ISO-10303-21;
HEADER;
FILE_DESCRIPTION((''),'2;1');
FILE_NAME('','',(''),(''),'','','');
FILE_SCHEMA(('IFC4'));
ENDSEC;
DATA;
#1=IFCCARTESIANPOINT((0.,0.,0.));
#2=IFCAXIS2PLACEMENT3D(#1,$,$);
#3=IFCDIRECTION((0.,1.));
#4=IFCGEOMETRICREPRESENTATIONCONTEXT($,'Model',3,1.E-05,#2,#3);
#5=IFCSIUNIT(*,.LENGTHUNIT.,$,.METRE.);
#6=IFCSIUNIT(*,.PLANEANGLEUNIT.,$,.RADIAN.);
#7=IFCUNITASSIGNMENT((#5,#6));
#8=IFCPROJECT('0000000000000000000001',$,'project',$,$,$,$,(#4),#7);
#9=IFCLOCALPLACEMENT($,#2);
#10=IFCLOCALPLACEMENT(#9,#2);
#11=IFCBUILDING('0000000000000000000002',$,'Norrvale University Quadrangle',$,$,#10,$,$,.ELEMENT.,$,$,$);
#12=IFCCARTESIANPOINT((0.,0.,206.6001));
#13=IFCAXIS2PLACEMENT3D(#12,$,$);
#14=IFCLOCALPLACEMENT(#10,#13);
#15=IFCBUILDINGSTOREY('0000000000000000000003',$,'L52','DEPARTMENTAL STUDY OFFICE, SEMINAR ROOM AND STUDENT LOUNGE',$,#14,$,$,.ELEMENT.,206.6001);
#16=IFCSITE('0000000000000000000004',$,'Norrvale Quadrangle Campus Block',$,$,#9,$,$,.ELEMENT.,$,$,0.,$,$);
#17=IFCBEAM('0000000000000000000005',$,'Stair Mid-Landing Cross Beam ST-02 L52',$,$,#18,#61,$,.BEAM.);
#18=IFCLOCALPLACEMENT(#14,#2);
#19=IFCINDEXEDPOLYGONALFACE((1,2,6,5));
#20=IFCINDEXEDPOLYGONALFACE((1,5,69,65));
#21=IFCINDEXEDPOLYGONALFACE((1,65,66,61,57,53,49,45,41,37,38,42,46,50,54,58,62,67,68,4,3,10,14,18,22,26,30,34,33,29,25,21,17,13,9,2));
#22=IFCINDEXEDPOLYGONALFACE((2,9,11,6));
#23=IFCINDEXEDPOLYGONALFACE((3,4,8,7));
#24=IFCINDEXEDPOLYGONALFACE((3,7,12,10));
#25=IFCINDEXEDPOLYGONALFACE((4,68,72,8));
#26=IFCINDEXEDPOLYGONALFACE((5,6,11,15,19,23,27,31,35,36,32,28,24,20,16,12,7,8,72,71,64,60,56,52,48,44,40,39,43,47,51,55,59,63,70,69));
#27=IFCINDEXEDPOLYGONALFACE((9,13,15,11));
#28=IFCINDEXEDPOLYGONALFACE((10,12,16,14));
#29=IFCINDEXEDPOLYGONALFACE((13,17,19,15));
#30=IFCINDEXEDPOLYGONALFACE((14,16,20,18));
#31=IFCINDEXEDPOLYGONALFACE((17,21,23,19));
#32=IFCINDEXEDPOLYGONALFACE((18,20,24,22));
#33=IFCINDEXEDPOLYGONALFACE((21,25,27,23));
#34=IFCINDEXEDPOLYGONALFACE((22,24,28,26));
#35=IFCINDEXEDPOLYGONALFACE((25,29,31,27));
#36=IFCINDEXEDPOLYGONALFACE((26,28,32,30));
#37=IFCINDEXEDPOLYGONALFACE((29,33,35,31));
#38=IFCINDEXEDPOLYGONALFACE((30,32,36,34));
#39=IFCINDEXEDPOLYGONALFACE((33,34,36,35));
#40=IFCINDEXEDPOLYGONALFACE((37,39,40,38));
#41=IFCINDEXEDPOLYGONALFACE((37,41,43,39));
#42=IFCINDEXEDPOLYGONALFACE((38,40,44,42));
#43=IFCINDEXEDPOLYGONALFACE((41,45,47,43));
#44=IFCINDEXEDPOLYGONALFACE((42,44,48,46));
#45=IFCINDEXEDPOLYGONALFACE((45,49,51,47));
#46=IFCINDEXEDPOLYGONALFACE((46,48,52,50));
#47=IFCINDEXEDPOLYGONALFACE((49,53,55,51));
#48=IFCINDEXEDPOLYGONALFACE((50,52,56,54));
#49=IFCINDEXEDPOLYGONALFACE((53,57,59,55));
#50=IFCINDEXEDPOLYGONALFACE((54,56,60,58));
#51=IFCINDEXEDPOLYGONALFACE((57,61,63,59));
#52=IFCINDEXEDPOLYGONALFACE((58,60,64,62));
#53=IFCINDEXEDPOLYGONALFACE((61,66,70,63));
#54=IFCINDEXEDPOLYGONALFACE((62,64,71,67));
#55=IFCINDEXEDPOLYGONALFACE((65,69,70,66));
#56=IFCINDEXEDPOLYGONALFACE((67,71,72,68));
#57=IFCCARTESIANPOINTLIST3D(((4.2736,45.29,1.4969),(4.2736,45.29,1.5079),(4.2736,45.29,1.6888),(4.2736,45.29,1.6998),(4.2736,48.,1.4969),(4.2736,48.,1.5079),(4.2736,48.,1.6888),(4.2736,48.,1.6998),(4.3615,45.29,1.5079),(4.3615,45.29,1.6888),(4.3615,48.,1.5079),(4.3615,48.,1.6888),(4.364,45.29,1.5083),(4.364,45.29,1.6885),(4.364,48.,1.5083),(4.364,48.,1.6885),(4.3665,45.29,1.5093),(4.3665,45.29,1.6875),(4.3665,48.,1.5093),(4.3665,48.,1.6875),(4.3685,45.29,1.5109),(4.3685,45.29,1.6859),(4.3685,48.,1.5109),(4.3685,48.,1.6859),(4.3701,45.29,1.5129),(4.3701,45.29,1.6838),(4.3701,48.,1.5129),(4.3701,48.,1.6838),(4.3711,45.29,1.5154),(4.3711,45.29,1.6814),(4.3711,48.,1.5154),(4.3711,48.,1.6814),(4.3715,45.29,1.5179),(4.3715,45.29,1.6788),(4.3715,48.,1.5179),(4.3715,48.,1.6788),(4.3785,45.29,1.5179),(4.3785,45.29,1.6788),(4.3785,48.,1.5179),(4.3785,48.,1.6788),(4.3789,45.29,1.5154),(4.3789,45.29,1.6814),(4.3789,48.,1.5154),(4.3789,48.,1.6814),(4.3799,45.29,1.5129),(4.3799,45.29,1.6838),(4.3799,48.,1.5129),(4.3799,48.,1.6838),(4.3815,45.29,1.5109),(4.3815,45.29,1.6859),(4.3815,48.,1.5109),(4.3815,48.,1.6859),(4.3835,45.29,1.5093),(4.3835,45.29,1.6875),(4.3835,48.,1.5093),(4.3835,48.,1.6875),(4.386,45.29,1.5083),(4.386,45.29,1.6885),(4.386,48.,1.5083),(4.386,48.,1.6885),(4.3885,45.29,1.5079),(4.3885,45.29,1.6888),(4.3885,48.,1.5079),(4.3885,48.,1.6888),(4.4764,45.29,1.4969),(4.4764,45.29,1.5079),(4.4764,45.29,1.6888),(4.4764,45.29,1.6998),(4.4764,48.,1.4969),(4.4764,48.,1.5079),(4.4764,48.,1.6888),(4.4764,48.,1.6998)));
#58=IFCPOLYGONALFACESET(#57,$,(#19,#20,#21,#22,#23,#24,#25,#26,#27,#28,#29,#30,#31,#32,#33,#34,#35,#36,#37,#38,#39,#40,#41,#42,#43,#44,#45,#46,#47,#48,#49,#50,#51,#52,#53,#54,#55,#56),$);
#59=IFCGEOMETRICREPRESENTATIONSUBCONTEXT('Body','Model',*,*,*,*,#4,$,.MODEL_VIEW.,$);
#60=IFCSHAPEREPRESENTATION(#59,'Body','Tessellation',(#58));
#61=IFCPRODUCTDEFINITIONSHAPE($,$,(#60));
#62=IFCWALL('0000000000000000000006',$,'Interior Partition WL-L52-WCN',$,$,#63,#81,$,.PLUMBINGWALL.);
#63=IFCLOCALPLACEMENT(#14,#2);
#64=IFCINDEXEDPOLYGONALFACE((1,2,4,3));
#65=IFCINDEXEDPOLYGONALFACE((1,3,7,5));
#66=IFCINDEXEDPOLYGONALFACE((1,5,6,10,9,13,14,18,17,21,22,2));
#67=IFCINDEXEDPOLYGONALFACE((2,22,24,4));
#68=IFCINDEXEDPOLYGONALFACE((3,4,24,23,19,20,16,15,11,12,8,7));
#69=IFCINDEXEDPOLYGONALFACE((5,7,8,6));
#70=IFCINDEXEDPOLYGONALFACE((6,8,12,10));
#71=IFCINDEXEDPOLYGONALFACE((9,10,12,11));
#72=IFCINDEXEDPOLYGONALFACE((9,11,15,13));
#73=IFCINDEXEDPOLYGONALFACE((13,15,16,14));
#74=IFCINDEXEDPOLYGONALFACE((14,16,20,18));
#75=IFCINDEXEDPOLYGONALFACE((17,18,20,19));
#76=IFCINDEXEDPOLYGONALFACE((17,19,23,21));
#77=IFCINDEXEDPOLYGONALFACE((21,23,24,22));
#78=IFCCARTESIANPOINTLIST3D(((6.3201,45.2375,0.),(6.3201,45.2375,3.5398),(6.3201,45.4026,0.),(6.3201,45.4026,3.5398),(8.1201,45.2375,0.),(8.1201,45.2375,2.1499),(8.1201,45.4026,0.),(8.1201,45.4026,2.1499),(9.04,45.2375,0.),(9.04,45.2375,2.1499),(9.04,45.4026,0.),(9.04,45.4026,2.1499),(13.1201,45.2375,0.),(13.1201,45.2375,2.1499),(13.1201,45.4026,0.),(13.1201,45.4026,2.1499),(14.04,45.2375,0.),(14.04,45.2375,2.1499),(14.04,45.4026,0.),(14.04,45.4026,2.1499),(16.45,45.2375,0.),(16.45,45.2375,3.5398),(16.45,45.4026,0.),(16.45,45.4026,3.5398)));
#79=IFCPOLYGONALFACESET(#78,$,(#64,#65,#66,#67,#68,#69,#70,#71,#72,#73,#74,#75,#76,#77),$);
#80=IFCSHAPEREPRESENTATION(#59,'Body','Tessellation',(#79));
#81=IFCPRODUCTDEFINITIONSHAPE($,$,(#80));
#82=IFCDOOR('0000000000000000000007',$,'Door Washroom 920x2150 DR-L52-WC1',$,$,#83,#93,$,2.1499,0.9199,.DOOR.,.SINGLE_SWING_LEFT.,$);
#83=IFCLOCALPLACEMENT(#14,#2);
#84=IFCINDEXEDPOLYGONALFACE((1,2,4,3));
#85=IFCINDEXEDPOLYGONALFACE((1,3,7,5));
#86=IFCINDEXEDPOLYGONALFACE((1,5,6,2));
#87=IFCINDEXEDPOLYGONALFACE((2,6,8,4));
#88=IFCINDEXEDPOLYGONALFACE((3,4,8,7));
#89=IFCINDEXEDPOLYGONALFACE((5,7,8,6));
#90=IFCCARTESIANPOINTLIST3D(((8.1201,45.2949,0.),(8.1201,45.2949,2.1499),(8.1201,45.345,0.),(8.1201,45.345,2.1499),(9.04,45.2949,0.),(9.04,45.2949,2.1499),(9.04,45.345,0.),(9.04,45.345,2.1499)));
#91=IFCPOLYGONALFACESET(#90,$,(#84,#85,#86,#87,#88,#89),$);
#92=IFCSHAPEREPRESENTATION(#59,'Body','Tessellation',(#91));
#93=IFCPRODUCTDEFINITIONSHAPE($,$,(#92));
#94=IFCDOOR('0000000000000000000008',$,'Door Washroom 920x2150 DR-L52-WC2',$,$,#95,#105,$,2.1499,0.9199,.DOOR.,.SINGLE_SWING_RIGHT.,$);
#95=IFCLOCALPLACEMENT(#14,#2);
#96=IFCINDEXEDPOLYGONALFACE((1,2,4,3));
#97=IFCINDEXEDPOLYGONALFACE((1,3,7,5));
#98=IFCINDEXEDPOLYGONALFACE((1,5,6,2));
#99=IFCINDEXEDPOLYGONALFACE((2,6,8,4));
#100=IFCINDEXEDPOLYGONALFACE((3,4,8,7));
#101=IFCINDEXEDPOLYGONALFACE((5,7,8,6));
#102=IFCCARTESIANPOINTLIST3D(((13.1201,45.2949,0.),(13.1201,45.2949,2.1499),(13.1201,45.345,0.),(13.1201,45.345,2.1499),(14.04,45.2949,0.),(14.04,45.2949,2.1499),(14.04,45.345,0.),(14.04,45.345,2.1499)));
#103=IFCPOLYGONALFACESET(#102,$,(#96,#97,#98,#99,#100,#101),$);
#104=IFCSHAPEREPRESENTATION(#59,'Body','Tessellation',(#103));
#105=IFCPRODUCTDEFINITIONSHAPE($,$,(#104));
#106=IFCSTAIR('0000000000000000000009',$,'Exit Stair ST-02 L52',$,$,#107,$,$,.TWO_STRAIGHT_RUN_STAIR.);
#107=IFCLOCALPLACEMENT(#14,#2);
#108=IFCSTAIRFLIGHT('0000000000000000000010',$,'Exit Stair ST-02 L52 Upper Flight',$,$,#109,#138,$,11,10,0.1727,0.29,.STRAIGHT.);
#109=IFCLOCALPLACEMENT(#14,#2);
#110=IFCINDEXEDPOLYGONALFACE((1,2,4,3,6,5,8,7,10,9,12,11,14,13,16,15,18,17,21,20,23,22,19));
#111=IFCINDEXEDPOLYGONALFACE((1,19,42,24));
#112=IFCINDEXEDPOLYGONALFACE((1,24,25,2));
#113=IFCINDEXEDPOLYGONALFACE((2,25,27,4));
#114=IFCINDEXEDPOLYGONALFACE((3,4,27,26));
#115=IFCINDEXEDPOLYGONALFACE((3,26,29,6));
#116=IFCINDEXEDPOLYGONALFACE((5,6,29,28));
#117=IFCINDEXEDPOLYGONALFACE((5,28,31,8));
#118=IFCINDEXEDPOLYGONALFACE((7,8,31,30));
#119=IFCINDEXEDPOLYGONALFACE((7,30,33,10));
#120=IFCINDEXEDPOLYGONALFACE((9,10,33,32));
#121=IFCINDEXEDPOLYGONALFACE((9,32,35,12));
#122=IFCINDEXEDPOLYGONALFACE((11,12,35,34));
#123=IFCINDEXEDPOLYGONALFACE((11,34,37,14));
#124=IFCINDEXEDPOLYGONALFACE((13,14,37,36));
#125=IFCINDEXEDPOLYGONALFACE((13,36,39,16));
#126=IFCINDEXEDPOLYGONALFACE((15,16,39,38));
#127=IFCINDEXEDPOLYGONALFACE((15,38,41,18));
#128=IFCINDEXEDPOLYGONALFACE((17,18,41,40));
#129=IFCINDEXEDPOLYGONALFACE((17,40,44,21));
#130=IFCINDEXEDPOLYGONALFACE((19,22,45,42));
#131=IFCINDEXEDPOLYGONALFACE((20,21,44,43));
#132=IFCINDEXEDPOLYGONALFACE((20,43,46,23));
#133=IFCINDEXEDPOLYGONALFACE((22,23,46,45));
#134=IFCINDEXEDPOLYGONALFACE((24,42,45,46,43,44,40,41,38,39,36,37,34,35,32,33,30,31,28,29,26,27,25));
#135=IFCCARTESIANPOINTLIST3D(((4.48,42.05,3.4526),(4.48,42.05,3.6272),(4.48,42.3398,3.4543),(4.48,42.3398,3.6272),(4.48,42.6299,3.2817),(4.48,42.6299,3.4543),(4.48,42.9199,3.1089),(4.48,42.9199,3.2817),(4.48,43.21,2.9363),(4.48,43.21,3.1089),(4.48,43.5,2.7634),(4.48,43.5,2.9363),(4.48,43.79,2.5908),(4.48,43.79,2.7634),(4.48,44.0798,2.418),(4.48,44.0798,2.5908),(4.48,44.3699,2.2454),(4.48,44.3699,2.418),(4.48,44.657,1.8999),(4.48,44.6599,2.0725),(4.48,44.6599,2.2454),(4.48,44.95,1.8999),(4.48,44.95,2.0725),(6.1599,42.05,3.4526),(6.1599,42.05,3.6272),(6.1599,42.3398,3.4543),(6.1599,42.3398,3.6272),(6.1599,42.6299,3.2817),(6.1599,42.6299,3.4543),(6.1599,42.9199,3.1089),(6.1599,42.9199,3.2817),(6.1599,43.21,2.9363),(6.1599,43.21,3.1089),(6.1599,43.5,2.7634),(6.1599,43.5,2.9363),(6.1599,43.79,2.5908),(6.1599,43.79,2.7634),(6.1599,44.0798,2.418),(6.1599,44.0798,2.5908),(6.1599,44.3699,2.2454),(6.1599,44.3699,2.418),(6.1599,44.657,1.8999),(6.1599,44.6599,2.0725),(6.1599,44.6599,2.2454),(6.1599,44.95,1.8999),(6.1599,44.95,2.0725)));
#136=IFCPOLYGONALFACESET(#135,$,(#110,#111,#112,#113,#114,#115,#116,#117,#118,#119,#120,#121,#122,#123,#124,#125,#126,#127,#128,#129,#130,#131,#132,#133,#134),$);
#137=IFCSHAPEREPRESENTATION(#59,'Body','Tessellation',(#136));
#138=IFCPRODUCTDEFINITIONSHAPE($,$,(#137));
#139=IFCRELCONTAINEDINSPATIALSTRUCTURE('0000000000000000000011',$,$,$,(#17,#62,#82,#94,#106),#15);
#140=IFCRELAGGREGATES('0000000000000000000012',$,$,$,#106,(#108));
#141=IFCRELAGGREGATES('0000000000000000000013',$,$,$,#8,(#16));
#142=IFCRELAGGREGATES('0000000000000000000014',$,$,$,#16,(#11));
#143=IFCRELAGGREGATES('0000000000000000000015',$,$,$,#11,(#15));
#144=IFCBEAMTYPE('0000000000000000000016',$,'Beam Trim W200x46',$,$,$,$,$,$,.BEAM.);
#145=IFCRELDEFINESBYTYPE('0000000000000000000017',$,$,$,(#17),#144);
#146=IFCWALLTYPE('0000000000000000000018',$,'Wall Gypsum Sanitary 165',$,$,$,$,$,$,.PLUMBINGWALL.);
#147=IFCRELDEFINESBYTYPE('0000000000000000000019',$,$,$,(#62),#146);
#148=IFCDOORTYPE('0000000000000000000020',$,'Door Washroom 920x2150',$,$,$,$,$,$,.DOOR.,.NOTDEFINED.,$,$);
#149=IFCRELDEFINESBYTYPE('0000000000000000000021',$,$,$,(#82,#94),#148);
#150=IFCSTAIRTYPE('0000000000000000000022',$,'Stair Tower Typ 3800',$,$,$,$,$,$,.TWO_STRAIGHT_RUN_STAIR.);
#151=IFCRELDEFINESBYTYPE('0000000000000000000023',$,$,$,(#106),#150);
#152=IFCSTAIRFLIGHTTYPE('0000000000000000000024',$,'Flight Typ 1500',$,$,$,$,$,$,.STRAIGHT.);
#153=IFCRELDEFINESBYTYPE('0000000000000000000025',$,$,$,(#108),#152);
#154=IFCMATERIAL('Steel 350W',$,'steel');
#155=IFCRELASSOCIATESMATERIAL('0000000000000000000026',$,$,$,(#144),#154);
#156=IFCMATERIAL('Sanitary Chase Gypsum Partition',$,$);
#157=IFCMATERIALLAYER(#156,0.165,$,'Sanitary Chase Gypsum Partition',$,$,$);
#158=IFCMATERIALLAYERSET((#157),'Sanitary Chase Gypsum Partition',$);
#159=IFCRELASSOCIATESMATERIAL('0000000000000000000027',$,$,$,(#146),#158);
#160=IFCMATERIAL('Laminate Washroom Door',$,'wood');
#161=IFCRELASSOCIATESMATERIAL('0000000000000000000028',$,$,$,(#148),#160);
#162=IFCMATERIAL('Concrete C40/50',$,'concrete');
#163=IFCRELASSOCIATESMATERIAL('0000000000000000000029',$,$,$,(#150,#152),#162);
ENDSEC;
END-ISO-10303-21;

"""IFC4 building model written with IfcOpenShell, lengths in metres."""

from ifc_helpers import new_model, si_unit, direction, frame, frame_2d, origin, origin_2d, place, context, subcontext, project, spatial, polyline, rectangle, i_section, outline, extrude, material, layer, layer_set, material_profile, profile_set, type_object, element, fill, aggregate, save


model = new_model("IFC4")

# Units and contexts
model_context = context("Model", 3, precision=1e-05, world=origin(), true_north=direction((0.0, 1.0)))
body_context = subcontext(model_context, "Body", "Model", "MODEL_VIEW")
ifc_project = project(units=[si_unit("LENGTHUNIT", "METRE"), si_unit("PLANEANGLEUNIT", "RADIAN")], contexts=[model_context])

# Site, building, storey
site_placement = place(None, origin())
site = spatial("IfcSite", under=ifc_project, at=site_placement, Name="Norrvale Quadrangle Campus Block", CompositionType="ELEMENT", RefElevation=0.0)
building_placement = place(site_placement, origin())
building = spatial("IfcBuilding", under=site, at=building_placement, Name="Norrvale University Quadrangle", CompositionType="ELEMENT")
storey_placement = place(building_placement, frame((0.0, 0.0, 206.6001)))
storey = spatial("IfcBuildingStorey", under=building, at=storey_placement, Name="L52", Description="DEPARTMENTAL STUDY OFFICE, SEMINAR ROOM AND STUDENT LOUNGE", CompositionType="ELEMENT", Elevation=206.6001)

# Beam
ifc_material_1 = material(Name="Steel 350W", Category="steel")
ifc_material_profile_1 = material_profile(ifc_material_1, i_section(OverallWidth=0.2029, OverallDepth=0.2029, WebThickness=0.0071, FlangeThickness=0.011, FilletRadius=0.01, at=origin_2d()), Name="Steel 350W")
ifc_profile_set_1 = profile_set([ifc_material_profile_1], Name="Steel 350W")
beam_type_1 = type_object("IfcBeamType", Name="Beam Trim W200x46", PredefinedType="BEAM", material=ifc_profile_set_1)
beam_1_placement = place(storey_placement, frame((4.375, 45.29, 1.5984), z_axis=(0.0, 1.0, 0.0), x_axis=(-1.0, 0.0, 0.0)))
element("IfcBeam", 1, at=beam_1_placement, inside=storey, type_object=beam_type_1, Name="Stair Mid-Landing Cross Beam ST-02 L52", PredefinedType="BEAM", context=body_context, shape_type="SweptSolid", body=[
    extrude(i_section(OverallWidth=0.2029, OverallDepth=0.2029, WebThickness=0.0071, FlangeThickness=0.011, FilletRadius=0.01, at=origin_2d()), origin(), (0.0, 0.0, 1.0), 2.71),
])

# Wall, openings, doors
ifc_material_2 = material(Name="Sanitary Chase Gypsum Partition")
ifc_layer = layer(ifc_material_2, 0.165, Name="Sanitary Chase Gypsum Partition")
ifc_layer_set = layer_set([ifc_layer], Name="Sanitary Chase Gypsum Partition")
wall_type = type_object("IfcWallType", Name="Wall Gypsum Sanitary 165", PredefinedType="PLUMBINGWALL", material=ifc_layer_set)
wall_placement = place(storey_placement, frame((6.3201, 45.3201, 0.0), z_axis=(0.0, 0.0, 1.0), x_axis=(1.0, 0.0, 0.0)))
wall = element("IfcWall", 2, at=wall_placement, inside=storey, type_object=wall_type, Name="Interior Partition WL-L52-WCN", PredefinedType="PLUMBINGWALL", context=body_context, shape_type="SweptSolid", body=[
    extrude(rectangle(XDim=10.1299, YDim=0.165, at=frame_2d((5.0649, 0.0))), origin(), (0.0, 0.0, 1.0), 3.5398),
])
opening_1_placement = place(wall_placement, frame((1.8, 0.0, 0.0)))
opening_1 = element("IfcOpeningElement", 3, at=opening_1_placement, cuts=wall, PredefinedType="OPENING", context=body_context, shape_type="SweptSolid", body=[
    extrude(rectangle(XDim=0.9199, YDim=2.1499, at=frame_2d((0.46, 1.075))), frame((0.0, 0.0945, 0.0), z_axis=(0.0, -1.0, 0.0), x_axis=(1.0, 0.0, 0.0)), (0.0, 0.0, 1.0), 0.189),
])
opening_2_placement = place(wall_placement, frame((6.8, 0.0, 0.0)))
opening_2 = element("IfcOpeningElement", 4, at=opening_2_placement, cuts=wall, PredefinedType="OPENING", context=body_context, shape_type="SweptSolid", body=[
    extrude(rectangle(XDim=0.9199, YDim=2.1499, at=frame_2d((0.46, 1.075))), frame((0.0, 0.0945, 0.0), z_axis=(0.0, -1.0, 0.0), x_axis=(1.0, 0.0, 0.0)), (0.0, 0.0, 1.0), 0.189),
])
ifc_material_3 = material(Name="Laminate Washroom Door", Category="wood")
door_type = type_object("IfcDoorType", Name="Door Washroom 920x2150", OperationType="NOTDEFINED", PredefinedType="DOOR", material=ifc_material_3)
door_1_placement = place(opening_1_placement, origin())
door_1 = element("IfcDoor", 5, at=door_1_placement, inside=storey, type_object=door_type, Name="Door Washroom 920x2150 DR-L52-WC1", OperationType="SINGLE_SWING_LEFT", OverallHeight=2.1499, OverallWidth=0.9199, PredefinedType="DOOR", context=body_context, shape_type="SweptSolid", body=[
    extrude(rectangle(XDim=0.9199, YDim=2.1499, at=frame_2d((0.46, 1.075))), frame((0.0, 0.0249, 0.0), z_axis=(0.0, -1.0, 0.0), x_axis=(1.0, 0.0, 0.0)), (0.0, 0.0, 1.0), 0.05),
])
fill(opening_1, door_1)
door_2_placement = place(opening_2_placement, origin())
door_2 = element("IfcDoor", 6, at=door_2_placement, inside=storey, type_object=door_type, Name="Door Washroom 920x2150 DR-L52-WC2", OperationType="SINGLE_SWING_RIGHT", OverallHeight=2.1499, OverallWidth=0.9199, PredefinedType="DOOR", context=body_context, shape_type="SweptSolid", body=[
    extrude(rectangle(XDim=0.9199, YDim=2.1499, at=frame_2d((0.46, 1.075))), frame((0.0, 0.0249, 0.0), z_axis=(0.0, -1.0, 0.0), x_axis=(1.0, 0.0, 0.0)), (0.0, 0.0, 1.0), 0.05),
])
fill(opening_2, door_2)

# Stair, stair flight
ifc_material_4 = material(Name="Concrete C40/50", Category="concrete")
stair_type = type_object("IfcStairType", Name="Stair Tower Typ 3800", PredefinedType="TWO_STRAIGHT_RUN_STAIR", material=ifc_material_4)
stair_placement = place(storey_placement, origin())
stair = element("IfcStair", 7, at=stair_placement, inside=storey, type_object=stair_type, Name="Exit Stair ST-02 L52", PredefinedType="TWO_STRAIGHT_RUN_STAIR")
stair_flight_type = type_object("IfcStairFlightType", Name="Flight Typ 1500", PredefinedType="STRAIGHT", material=ifc_material_4)
stair_flight_placement = place(storey_placement, frame((5.3201, 44.95, 1.8999), z_axis=(0.0, 0.0, 1.0), x_axis=(0.0, -1.0, 0.0)))
stair_flight = element("IfcStairFlight", 8, at=stair_flight_placement, type_object=stair_flight_type, Name="Exit Stair ST-02 L52 Upper Flight", NumberOfRisers=11, NumberOfTreads=10, PredefinedType="STRAIGHT", RiserHeight=0.1727, TreadLength=0.29, context=body_context, shape_type="SweptSolid", body=[
    extrude(outline(polyline([(0.0, 0.0), (0.0, 0.1726), (0.29, 0.1726), (0.29, 0.3455), (0.5801, 0.3455), (0.5801, 0.5181), (0.8701, 0.5181), (0.8701, 0.6909), (1.1599, 0.6909), (1.1599, 0.8635), (1.45, 0.8635), (1.45, 1.0364), (1.74, 1.0364), (1.74, 1.209), (2.03, 1.209), (2.03, 1.3818), (2.3201, 1.3818), (2.3201, 1.5544), (2.6101, 1.5544), (2.6101, 1.7273), (2.8999, 1.7273), (2.8999, 1.8999), (2.8999, 1.5527), (0.293, 0.0), (0.0, 0.0)])), frame((0.0, 0.8398, 0.0), z_axis=(0.0, -1.0, 0.0), x_axis=(1.0, 0.0, 0.0)), (0.0, 0.0, 1.0), 1.6799),
])
aggregate(stair, [stair_flight])

save(model, "model.ifc")
